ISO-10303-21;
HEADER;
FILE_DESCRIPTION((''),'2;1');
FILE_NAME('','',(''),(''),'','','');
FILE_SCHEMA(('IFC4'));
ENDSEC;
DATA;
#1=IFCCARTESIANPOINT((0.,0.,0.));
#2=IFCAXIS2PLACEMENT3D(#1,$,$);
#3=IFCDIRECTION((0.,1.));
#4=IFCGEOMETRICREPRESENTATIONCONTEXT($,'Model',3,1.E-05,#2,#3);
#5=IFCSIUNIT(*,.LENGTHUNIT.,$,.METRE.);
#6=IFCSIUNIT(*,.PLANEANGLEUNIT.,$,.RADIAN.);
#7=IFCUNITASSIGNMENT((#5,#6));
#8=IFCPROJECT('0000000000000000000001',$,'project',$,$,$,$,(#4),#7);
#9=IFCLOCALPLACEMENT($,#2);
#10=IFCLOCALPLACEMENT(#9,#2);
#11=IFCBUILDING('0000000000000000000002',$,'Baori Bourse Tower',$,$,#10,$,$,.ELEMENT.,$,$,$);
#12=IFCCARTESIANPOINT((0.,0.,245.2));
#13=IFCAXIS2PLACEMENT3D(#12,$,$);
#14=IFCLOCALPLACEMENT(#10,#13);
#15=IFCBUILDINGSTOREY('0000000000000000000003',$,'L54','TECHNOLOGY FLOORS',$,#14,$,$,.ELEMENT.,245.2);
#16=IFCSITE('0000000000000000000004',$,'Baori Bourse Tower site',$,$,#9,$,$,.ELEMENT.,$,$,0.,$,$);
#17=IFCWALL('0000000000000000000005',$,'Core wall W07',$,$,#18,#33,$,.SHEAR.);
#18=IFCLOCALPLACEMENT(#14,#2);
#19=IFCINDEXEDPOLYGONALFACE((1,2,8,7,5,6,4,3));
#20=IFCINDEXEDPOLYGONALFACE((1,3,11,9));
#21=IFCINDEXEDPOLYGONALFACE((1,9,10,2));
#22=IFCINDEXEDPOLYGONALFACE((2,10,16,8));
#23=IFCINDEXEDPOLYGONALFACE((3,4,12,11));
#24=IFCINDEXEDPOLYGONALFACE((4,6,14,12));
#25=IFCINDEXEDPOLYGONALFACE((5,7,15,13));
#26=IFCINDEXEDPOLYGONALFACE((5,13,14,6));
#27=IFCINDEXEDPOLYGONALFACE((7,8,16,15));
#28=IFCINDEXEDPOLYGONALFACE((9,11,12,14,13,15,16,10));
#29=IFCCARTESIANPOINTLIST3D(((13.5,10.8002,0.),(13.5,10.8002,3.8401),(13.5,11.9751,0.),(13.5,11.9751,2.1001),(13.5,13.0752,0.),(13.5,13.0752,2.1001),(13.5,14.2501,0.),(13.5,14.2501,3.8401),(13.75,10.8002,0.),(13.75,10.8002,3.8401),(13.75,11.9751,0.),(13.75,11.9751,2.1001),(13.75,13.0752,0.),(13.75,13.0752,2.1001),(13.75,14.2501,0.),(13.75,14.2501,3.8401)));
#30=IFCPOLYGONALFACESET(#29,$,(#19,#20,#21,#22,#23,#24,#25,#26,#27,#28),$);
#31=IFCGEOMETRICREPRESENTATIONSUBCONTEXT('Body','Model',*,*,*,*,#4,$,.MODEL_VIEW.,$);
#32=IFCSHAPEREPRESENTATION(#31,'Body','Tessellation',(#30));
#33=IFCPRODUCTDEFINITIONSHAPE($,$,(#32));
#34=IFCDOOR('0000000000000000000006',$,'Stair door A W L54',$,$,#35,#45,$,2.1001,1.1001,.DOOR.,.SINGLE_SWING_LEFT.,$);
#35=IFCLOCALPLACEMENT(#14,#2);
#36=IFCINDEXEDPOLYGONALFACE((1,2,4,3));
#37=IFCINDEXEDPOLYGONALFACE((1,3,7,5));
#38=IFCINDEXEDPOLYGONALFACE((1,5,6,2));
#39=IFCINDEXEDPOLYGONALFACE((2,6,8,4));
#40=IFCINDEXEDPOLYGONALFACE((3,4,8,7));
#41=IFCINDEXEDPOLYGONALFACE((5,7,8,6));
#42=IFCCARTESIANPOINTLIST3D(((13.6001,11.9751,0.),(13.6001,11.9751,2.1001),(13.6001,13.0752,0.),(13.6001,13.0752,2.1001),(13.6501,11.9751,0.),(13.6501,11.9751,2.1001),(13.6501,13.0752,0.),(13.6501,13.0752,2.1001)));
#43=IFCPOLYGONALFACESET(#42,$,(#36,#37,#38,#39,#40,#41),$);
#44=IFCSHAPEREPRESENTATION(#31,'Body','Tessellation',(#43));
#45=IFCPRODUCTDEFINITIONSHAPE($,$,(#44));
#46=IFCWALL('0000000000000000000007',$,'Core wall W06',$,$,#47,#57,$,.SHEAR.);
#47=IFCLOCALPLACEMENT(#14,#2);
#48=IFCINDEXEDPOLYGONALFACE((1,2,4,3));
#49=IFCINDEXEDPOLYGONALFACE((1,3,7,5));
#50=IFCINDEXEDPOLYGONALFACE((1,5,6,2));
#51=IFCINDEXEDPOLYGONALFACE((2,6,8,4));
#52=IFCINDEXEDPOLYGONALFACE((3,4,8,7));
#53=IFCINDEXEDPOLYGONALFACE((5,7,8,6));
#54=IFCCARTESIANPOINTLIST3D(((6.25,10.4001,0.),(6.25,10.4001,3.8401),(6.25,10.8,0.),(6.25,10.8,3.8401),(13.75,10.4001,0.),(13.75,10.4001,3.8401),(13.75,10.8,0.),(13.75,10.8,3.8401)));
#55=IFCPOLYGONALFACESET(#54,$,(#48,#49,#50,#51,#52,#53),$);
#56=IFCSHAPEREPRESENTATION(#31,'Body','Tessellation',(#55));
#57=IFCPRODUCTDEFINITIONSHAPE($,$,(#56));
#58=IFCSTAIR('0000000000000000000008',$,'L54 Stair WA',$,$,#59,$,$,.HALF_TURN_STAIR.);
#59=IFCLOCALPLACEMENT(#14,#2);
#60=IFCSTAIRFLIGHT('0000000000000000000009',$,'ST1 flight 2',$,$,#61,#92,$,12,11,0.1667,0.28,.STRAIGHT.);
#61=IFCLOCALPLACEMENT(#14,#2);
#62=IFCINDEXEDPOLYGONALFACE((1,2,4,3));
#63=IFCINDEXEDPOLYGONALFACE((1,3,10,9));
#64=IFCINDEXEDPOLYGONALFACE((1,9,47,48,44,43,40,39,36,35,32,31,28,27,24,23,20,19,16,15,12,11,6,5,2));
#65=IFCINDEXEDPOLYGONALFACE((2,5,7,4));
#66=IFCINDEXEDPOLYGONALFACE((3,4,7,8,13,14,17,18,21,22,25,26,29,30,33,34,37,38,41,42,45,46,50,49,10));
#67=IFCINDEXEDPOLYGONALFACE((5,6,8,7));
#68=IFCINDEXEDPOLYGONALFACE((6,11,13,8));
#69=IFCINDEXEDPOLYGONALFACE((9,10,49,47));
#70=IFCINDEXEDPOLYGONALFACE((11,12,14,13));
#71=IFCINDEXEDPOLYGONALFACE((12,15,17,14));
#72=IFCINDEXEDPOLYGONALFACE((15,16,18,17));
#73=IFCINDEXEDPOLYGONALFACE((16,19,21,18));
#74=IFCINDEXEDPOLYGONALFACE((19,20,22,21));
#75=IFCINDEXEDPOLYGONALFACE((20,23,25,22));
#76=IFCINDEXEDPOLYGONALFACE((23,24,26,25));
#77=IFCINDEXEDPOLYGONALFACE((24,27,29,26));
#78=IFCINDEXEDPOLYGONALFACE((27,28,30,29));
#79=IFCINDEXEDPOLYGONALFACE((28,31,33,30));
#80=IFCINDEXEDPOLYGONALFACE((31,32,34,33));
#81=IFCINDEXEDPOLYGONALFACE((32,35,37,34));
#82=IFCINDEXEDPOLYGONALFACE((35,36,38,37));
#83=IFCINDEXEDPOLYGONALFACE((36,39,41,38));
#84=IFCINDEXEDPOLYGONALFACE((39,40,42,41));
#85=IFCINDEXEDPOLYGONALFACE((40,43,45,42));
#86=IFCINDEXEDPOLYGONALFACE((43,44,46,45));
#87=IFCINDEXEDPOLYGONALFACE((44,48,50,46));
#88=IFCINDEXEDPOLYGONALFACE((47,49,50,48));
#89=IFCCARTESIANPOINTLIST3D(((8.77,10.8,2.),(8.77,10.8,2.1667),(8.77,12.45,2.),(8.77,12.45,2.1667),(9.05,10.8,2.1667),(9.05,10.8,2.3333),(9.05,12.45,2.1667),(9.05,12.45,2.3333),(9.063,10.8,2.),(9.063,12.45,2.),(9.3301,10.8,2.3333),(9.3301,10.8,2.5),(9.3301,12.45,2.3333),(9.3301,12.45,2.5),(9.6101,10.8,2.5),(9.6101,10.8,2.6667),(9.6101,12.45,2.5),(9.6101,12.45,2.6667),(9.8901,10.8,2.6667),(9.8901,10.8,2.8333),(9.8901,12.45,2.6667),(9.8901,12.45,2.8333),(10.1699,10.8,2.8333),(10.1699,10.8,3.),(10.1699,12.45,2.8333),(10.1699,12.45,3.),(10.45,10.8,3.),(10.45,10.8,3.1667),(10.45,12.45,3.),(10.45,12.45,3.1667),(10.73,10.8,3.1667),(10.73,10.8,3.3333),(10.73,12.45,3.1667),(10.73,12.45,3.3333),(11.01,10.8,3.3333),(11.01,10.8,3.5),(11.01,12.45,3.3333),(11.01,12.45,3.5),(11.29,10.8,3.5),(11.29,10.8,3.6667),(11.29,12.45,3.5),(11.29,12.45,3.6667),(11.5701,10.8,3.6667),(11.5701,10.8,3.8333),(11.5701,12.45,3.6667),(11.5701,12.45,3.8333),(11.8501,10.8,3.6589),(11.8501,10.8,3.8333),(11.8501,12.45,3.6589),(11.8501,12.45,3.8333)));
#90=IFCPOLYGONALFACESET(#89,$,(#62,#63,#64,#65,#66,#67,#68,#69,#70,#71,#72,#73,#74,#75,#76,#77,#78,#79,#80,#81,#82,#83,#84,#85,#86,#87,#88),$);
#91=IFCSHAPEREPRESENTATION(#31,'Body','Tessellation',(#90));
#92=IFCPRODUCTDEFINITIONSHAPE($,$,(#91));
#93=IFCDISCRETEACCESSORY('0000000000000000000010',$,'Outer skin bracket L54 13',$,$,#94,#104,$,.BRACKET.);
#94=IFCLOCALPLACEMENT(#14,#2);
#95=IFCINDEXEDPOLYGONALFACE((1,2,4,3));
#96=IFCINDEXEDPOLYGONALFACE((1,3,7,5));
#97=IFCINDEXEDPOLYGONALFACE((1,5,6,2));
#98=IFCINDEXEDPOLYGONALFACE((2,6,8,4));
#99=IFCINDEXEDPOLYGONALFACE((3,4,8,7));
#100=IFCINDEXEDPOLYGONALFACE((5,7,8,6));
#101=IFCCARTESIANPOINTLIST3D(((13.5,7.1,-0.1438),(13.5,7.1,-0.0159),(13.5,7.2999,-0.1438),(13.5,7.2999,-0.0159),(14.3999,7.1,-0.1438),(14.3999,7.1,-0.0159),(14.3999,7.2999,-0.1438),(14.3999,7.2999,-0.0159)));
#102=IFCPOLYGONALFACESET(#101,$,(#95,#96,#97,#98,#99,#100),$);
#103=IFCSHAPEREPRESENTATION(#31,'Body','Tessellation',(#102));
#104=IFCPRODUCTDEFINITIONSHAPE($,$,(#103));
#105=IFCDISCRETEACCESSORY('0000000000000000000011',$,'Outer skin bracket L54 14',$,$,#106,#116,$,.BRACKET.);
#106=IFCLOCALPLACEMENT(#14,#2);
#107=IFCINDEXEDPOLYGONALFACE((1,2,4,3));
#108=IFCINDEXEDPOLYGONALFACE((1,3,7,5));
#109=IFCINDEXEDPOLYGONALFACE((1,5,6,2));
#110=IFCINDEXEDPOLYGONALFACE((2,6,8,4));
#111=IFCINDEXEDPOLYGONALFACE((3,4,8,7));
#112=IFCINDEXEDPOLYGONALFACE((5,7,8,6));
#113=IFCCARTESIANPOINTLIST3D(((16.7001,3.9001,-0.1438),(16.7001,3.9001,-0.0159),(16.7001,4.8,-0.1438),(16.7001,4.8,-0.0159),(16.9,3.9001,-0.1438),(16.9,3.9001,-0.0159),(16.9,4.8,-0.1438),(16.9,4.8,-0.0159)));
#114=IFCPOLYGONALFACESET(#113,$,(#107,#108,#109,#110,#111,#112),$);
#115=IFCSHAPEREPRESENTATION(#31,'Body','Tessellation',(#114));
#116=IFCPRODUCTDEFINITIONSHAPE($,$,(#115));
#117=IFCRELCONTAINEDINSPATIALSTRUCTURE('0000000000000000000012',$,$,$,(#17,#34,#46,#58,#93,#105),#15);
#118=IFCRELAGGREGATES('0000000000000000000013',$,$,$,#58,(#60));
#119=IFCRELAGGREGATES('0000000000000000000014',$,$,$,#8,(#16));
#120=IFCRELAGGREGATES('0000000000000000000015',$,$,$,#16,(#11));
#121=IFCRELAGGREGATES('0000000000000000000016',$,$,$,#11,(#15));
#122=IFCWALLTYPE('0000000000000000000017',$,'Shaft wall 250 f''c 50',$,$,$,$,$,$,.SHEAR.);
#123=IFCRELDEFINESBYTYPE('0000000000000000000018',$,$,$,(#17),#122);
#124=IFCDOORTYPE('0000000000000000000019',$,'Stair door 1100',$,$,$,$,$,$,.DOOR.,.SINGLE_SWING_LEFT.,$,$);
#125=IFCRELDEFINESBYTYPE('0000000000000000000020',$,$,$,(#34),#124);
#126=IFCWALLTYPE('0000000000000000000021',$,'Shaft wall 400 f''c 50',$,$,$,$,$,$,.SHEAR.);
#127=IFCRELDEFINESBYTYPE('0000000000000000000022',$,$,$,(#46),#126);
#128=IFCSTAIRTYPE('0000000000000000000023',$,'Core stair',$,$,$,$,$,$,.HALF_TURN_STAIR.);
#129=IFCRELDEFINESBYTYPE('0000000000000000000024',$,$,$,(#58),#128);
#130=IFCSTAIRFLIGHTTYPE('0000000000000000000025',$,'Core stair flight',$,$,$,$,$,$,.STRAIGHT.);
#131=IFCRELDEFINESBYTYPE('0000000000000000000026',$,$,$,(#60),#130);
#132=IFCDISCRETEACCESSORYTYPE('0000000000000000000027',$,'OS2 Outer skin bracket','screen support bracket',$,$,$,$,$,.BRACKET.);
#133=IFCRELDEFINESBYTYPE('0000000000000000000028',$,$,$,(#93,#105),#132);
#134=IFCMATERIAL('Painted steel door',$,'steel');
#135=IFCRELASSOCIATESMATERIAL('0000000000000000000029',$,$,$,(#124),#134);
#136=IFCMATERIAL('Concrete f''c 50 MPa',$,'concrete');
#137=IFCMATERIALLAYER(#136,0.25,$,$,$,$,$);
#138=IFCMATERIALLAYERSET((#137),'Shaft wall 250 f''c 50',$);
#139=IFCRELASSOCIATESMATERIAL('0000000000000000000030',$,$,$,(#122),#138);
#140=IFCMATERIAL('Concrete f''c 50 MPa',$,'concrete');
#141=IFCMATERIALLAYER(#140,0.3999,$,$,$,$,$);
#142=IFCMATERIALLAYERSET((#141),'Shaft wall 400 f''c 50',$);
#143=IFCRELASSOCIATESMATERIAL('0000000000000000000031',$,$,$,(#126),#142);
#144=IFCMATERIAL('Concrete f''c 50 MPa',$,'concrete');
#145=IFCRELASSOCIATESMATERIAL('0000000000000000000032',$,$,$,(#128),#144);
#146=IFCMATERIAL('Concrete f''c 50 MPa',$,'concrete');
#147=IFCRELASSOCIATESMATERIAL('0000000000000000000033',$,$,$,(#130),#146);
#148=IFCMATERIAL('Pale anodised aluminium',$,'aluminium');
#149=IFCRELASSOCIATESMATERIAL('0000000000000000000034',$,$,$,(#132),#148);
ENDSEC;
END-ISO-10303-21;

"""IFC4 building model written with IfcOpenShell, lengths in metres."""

from ifc_helpers import new_model, si_unit, direction, frame, frame_2d, origin, origin_2d, place, context, subcontext, project, spatial, polyline, rectangle, outline, extrude, material, layer, layer_set, type_object, element, fill, aggregate, save


model = new_model("IFC4")

# Units and contexts
model_context = context("Model", 3, precision=1e-05, world=origin(), true_north=direction((0.0, 1.0)))
body_context = subcontext(model_context, "Body", "Model", "MODEL_VIEW")
ifc_project = project(units=[si_unit("LENGTHUNIT", "METRE"), si_unit("PLANEANGLEUNIT", "RADIAN")], contexts=[model_context])

# Site, building, storey
site_placement = place(None, origin())
site = spatial("IfcSite", under=ifc_project, at=site_placement, Name="Baori Bourse Tower site", CompositionType="ELEMENT", RefElevation=0.0)
building_placement = place(site_placement, origin())
building = spatial("IfcBuilding", under=site, at=building_placement, Name="Baori Bourse Tower", CompositionType="ELEMENT")
storey_placement = place(building_placement, frame((0.0, 0.0, 245.2)))
storey = spatial("IfcBuildingStorey", under=building, at=storey_placement, Name="L54", Description="TECHNOLOGY FLOORS", CompositionType="ELEMENT", Elevation=245.2)

# Wall, opening, door
ifc_material_1 = material(Name="Painted steel door", Category="steel")
door_type_1 = type_object("IfcDoorType", Name="Stair door 1100", OperationType="SINGLE_SWING_LEFT", PredefinedType="DOOR", material=ifc_material_1)
ifc_material_2 = material(Name="Concrete f'c 50 MPa", Category="concrete")
ifc_layer_1 = layer(ifc_material_2, 0.25)
ifc_layer_set_1 = layer_set([ifc_layer_1], Name="Shaft wall 250 f'c 50")
wall_type_1 = type_object("IfcWallType", Name="Shaft wall 250 f'c 50", PredefinedType="SHEAR", material=ifc_layer_set_1)
wall_1_placement = place(storey_placement, frame((13.625, 10.8, 0.0), z_axis=(0.0, 0.0, 1.0), x_axis=(0.0, 1.0, 0.0)))
wall_1 = element("IfcWall", 1, at=wall_1_placement, inside=storey, type_object=wall_type_1, Name="Core wall W07", PredefinedType="SHEAR", context=body_context, shape_type="SweptSolid", body=[
    extrude(rectangle(XDim=3.45, YDim=0.25, at=frame_2d((1.7251, 0.0))), origin(), (0.0, 0.0, 1.0), 3.8401),
])
opening_1_placement = place(wall_1_placement, frame((1.175, 0.0, 0.0)))
opening_1 = element("IfcOpeningElement", 2, at=opening_1_placement, cuts=wall_1, PredefinedType="OPENING", context=body_context, shape_type="SweptSolid", body=[
    extrude(rectangle(XDim=1.1001, YDim=2.1001, at=frame_2d((0.55, 1.05))), frame((0.0, 0.135, 0.0), z_axis=(0.0, -1.0, 0.0), x_axis=(1.0, 0.0, 0.0)), (0.0, 0.0, 1.0), 0.27),
])
door_1_placement = place(opening_1_placement, origin())
door_1 = element("IfcDoor", 3, at=door_1_placement, inside=storey, type_object=door_type_1, Name="Stair door A W L54", OperationType="SINGLE_SWING_LEFT", OverallHeight=2.1001, OverallWidth=1.1001, PredefinedType="DOOR", context=body_context, shape_type="SweptSolid", body=[
    extrude(rectangle(XDim=1.1001, YDim=2.1001, at=frame_2d((0.55, 1.05))), frame((0.0, 0.0249, 0.0), z_axis=(0.0, -1.0, 0.0), x_axis=(1.0, 0.0, 0.0)), (0.0, 0.0, 1.0), 0.05),
])
fill(opening_1, door_1)

# Wall
ifc_material_3 = material(Name="Concrete f'c 50 MPa", Category="concrete")
ifc_layer_2 = layer(ifc_material_3, 0.3999)
ifc_layer_set_2 = layer_set([ifc_layer_2], Name="Shaft wall 400 f'c 50")
wall_type_2 = type_object("IfcWallType", Name="Shaft wall 400 f'c 50", PredefinedType="SHEAR", material=ifc_layer_set_2)
wall_2_placement = place(storey_placement, frame((6.25, 10.6001, 0.0), z_axis=(0.0, 0.0, 1.0), x_axis=(1.0, 0.0, 0.0)))
element("IfcWall", 4, at=wall_2_placement, inside=storey, type_object=wall_type_2, Name="Core wall W06", PredefinedType="SHEAR", context=body_context, shape_type="SweptSolid", body=[
    extrude(rectangle(XDim=7.5, YDim=0.3999, at=frame_2d((3.75, 0.0))), origin(), (0.0, 0.0, 1.0), 3.8401),
])

# Stair, stair flight
ifc_material_4 = material(Name="Concrete f'c 50 MPa", Category="concrete")
stair_type = type_object("IfcStairType", Name="Core stair", PredefinedType="HALF_TURN_STAIR", material=ifc_material_4)
stair_placement = place(storey_placement, origin())
stair = element("IfcStair", 5, at=stair_placement, inside=storey, type_object=stair_type, Name="L54 Stair WA", PredefinedType="HALF_TURN_STAIR")
ifc_material_5 = material(Name="Concrete f'c 50 MPa", Category="concrete")
stair_flight_type = type_object("IfcStairFlightType", Name="Core stair flight", PredefinedType="STRAIGHT", material=ifc_material_5)
stair_flight_placement = place(storey_placement, frame((8.77, 11.625, 2.0), z_axis=(0.0, 0.0, 1.0), x_axis=(1.0, 0.0, 0.0)))
stair_flight = element("IfcStairFlight", 6, at=stair_flight_placement, type_object=stair_flight_type, Name="ST1 flight 2", NumberOfRisers=12, NumberOfTreads=11, PredefinedType="STRAIGHT", RiserHeight=0.1667, TreadLength=0.28, context=body_context, shape_type="SweptSolid", body=[
    extrude(outline(polyline([(0.0, 0.0), (0.0, 0.1667), (0.28, 0.1667), (0.28, 0.3333), (0.5601, 0.3333), (0.5601, 0.5), (0.8401, 0.5), (0.8401, 0.6667), (1.1201, 0.6667), (1.1201, 0.8333), (1.3999, 0.8333), (1.3999, 1.0), (1.6799, 1.0), (1.6799, 1.1667), (1.96, 1.1667), (1.96, 1.3333), (2.24, 1.3333), (2.24, 1.5), (2.52, 1.5), (2.52, 1.6667), (2.8, 1.6667), (2.8, 1.8333), (3.0801, 1.8333), (3.0801, 2.0), (3.0801, 1.6589), (0.293, 0.0), (0.0, 0.0)])), frame((0.0, 0.825, 0.0), z_axis=(0.0, -1.0, 0.0), x_axis=(1.0, 0.0, 0.0)), (0.0, 0.0, 1.0), 1.6499),
])
aggregate(stair, [stair_flight])

# Discrete accessories
ifc_material_6 = material(Name="Pale anodised aluminium", Category="aluminium")
discrete_accessory_type = type_object("IfcDiscreteAccessoryType", Name="OS2 Outer skin bracket", Description="screen support bracket", PredefinedType="BRACKET", material=ifc_material_6)
for number, where, z_axis, x_axis, name in (
    (7, (13.95, 7.2, -0.1438), (0.0, 0.0, 1.0), (0.0, -1.0, 0.0), "Outer skin bracket L54 13"),
    (8, (16.8, 4.3501, -0.1438), (0.0, 0.0, 1.0), (1.0, 0.0, 0.0), "Outer skin bracket L54 14"),
):
    element("IfcDiscreteAccessory", number, at=place(storey_placement, frame(where, z_axis=z_axis, x_axis=x_axis)), inside=storey, type_object=discrete_accessory_type, Name=name, PredefinedType="BRACKET", context=body_context, shape_type="SweptSolid", body=[
        extrude(rectangle(XDim=0.2, YDim=0.8999, at=origin_2d()), origin(), (0.0, 0.0, 1.0), 0.1279),
    ])

save(model, "model.ifc")
